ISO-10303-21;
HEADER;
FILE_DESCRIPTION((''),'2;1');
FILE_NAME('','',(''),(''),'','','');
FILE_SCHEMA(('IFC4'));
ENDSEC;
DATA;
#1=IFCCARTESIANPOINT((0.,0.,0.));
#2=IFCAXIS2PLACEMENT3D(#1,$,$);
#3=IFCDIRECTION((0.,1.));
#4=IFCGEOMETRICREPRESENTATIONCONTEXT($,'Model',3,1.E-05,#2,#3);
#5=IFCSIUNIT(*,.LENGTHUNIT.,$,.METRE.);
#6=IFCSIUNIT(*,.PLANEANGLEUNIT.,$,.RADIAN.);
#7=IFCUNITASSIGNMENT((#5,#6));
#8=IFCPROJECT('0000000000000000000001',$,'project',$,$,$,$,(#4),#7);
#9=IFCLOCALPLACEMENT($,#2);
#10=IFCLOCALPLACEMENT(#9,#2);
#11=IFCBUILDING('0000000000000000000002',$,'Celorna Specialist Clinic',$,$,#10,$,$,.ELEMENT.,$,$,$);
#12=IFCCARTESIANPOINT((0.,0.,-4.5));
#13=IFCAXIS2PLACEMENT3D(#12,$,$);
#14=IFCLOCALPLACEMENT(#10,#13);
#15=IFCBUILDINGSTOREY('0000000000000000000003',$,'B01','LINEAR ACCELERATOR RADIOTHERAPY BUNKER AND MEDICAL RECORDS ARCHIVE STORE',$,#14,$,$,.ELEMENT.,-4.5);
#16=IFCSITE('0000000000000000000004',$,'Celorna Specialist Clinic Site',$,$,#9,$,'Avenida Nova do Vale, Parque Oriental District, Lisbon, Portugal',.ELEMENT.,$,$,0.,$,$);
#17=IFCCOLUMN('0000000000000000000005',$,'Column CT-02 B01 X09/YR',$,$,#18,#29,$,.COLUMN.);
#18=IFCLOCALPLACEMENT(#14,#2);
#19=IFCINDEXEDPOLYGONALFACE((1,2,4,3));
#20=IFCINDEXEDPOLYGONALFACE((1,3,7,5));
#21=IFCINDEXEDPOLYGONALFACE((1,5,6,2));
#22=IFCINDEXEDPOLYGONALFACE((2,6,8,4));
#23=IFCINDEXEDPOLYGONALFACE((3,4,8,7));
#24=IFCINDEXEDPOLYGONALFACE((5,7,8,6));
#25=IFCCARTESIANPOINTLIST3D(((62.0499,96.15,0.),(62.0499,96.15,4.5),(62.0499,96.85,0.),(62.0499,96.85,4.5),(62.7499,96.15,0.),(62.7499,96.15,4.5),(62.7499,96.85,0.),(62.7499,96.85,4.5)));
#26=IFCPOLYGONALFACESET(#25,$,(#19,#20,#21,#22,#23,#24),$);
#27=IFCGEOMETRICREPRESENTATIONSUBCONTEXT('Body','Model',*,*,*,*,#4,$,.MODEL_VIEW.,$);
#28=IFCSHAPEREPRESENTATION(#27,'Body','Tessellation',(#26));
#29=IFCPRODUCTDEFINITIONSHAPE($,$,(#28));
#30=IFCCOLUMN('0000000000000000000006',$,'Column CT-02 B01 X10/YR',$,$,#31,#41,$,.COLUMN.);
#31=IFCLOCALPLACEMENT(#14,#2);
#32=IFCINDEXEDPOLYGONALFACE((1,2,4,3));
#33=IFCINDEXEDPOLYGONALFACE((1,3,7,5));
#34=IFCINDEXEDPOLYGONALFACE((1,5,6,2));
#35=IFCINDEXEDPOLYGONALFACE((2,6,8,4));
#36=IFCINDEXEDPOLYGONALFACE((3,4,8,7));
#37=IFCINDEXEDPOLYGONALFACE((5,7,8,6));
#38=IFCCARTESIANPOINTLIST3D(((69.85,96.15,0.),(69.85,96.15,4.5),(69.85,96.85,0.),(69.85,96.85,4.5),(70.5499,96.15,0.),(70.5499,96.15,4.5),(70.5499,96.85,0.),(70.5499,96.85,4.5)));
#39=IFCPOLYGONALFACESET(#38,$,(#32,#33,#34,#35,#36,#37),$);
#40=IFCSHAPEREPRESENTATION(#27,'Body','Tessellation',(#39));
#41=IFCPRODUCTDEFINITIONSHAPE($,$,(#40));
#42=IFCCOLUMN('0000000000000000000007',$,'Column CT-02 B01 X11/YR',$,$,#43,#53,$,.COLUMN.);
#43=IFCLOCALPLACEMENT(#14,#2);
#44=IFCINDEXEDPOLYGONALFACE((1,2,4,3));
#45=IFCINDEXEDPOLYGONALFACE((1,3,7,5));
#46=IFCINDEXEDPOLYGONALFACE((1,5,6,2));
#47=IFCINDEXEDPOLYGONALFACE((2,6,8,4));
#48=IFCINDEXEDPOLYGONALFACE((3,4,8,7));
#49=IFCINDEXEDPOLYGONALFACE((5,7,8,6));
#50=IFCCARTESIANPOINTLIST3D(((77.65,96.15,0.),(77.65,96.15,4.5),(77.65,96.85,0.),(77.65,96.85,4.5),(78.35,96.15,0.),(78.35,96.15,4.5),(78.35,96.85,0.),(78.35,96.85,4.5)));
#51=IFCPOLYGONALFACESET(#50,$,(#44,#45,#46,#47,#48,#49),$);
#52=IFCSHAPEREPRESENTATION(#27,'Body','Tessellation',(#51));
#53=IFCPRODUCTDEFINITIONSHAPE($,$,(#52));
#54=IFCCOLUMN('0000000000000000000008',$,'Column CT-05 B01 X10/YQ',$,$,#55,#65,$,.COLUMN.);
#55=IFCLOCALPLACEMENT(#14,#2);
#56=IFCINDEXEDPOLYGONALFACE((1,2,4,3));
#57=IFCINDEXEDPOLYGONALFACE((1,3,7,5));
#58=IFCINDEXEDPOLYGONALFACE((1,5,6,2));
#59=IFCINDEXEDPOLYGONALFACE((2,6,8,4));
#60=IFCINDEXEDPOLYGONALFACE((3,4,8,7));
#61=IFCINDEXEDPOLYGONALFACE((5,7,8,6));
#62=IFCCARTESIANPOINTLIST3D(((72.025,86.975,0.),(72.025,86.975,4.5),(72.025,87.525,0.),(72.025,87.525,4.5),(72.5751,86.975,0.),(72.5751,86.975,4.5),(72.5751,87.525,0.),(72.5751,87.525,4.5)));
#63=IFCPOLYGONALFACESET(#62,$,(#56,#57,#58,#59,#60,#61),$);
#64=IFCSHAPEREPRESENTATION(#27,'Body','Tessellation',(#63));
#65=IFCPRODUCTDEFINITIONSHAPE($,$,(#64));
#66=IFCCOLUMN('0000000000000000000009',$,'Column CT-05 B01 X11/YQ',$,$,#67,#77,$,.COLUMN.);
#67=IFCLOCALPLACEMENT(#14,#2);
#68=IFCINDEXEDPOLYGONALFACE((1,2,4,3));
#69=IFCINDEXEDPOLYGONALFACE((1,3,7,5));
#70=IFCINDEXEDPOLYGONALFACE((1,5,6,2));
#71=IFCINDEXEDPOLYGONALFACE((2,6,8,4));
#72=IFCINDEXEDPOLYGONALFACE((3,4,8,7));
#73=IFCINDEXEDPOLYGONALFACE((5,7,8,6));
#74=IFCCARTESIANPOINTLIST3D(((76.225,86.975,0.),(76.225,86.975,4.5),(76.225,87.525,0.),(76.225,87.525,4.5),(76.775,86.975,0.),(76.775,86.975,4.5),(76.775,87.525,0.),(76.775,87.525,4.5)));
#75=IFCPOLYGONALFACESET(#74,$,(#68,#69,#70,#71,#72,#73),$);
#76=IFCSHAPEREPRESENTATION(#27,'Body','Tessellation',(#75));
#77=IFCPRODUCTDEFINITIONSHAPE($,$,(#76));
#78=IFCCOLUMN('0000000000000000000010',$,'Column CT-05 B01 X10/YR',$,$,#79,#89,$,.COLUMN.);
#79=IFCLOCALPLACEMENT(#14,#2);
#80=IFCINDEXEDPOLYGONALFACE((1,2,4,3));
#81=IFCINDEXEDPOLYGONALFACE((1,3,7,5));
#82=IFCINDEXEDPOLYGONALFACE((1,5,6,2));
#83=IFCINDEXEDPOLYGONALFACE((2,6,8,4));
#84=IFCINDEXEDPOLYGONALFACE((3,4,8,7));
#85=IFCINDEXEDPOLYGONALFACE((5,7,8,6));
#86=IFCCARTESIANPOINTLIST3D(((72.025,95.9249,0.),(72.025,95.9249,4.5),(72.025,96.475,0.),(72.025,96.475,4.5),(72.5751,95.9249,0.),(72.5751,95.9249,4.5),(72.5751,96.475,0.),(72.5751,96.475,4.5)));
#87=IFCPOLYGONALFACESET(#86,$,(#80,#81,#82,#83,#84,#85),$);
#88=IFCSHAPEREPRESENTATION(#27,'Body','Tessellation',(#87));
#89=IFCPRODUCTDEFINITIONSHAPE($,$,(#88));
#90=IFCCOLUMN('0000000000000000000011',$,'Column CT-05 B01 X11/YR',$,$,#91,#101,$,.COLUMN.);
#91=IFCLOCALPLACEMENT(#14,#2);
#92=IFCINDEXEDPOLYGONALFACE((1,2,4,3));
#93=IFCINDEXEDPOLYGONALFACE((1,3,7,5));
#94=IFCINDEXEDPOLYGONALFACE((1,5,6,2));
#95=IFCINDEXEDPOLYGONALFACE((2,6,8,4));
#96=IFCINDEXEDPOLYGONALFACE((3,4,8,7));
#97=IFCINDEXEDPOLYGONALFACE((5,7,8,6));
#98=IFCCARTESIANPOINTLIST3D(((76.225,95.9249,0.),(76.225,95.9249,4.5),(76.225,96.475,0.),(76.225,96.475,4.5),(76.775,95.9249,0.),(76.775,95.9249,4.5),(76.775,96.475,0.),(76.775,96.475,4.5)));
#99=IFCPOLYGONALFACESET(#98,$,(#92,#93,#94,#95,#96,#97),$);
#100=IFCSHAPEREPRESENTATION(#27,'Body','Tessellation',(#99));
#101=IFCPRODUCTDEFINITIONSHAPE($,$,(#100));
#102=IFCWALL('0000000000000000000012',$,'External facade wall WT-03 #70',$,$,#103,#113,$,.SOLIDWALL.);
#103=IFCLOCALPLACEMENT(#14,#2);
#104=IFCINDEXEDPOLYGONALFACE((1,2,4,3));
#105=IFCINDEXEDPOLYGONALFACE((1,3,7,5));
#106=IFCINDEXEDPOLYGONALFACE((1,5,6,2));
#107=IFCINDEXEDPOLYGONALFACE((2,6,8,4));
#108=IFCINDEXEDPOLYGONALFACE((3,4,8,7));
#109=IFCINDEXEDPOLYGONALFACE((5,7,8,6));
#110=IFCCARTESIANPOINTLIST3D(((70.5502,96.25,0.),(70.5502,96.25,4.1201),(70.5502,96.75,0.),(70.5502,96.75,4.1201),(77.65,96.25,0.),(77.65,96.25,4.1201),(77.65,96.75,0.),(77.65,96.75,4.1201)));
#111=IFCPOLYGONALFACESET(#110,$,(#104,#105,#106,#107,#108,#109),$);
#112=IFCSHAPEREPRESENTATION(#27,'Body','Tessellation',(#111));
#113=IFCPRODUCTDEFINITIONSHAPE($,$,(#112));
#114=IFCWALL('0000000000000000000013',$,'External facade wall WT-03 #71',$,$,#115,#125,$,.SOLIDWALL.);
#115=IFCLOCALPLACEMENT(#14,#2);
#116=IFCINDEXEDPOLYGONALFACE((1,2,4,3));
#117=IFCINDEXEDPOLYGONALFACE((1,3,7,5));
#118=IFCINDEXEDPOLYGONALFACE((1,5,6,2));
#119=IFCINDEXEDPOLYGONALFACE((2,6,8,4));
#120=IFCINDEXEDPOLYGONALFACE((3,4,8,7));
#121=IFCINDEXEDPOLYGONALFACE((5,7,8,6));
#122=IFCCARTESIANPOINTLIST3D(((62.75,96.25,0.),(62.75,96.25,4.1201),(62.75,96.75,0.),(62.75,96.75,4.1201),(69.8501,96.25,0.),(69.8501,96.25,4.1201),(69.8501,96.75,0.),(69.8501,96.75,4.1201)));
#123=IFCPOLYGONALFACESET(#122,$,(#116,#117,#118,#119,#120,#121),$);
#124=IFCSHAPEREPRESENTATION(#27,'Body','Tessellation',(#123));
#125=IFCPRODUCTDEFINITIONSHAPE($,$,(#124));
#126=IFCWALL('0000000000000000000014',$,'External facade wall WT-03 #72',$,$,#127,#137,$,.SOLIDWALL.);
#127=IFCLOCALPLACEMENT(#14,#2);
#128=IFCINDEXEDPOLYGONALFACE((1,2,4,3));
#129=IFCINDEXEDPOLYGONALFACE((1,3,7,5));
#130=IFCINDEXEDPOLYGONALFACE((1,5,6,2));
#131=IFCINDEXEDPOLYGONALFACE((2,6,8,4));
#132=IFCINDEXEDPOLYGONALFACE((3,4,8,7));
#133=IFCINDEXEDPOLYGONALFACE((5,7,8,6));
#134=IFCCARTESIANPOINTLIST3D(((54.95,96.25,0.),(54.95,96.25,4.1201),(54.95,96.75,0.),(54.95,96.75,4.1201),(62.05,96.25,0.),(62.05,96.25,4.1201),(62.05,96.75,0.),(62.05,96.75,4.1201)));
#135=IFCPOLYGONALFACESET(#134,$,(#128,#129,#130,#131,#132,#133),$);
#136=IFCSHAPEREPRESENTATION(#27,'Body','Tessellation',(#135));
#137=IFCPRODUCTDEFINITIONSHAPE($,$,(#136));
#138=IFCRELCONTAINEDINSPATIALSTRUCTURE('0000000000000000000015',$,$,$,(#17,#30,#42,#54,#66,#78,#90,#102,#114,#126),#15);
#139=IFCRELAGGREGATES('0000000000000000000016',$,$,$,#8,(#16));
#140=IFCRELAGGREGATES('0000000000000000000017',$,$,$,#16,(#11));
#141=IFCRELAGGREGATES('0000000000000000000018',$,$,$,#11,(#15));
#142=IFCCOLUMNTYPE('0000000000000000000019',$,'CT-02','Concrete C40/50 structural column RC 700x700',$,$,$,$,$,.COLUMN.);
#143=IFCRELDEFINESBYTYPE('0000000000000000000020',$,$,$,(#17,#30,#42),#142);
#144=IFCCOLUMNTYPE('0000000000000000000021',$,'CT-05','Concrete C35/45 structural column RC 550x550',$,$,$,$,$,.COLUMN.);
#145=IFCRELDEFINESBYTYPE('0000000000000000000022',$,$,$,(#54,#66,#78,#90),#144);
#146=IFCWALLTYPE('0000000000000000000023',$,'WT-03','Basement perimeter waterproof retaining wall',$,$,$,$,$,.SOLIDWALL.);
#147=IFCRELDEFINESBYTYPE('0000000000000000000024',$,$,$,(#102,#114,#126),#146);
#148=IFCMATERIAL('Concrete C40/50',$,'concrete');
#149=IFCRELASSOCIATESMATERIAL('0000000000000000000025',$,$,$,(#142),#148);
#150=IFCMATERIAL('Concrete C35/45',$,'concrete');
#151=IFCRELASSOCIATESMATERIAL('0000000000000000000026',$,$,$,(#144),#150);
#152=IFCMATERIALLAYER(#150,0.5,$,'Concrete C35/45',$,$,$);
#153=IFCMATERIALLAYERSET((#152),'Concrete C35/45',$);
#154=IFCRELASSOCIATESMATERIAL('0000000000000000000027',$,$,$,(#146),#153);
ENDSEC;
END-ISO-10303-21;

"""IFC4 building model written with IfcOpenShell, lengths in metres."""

from ifc_helpers import new_model, si_unit, direction, frame, frame_2d, origin, origin_2d, place, context, subcontext, project, spatial, rectangle, extrude, material, layer, layer_set, material_profile, profile_set, type_object, element, save


model = new_model("IFC4")

# Units and contexts
model_context = context("Model", 3, precision=1e-05, world=origin(), true_north=direction((0.0, 1.0)))
body_context = subcontext(model_context, "Body", "Model", "MODEL_VIEW")
ifc_project = project(units=[si_unit("LENGTHUNIT", "METRE"), si_unit("PLANEANGLEUNIT", "RADIAN")], contexts=[model_context])

# Site, building, storey
site_placement = place(None, origin())
site = spatial("IfcSite", under=ifc_project, at=site_placement, Name="Celorna Specialist Clinic Site", LongName="Avenida Nova do Vale, Parque Oriental District, Lisbon, Portugal", CompositionType="ELEMENT", RefElevation=0.0)
building_placement = place(site_placement, origin())
building = spatial("IfcBuilding", under=site, at=building_placement, Name="Celorna Specialist Clinic", CompositionType="ELEMENT")
storey_placement = place(building_placement, frame((0.0, 0.0, -4.5)))
storey = spatial("IfcBuildingStorey", under=building, at=storey_placement, Name="B01", Description="LINEAR ACCELERATOR RADIOTHERAPY BUNKER AND MEDICAL RECORDS ARCHIVE STORE", CompositionType="ELEMENT", Elevation=-4.5)

# Shared definitions
ifc_material_1 = material(Name="Concrete C35/45", Category="concrete")

# Columns
ifc_material_2 = material(Name="Concrete C40/50", Category="concrete")
ifc_material_profile_1 = material_profile(ifc_material_2, rectangle(XDim=0.7, YDim=0.7, at=origin_2d()), Name="RC 700x700")
ifc_profile_set_1 = profile_set([ifc_material_profile_1], Name="Concrete C40/50")
column_type_1 = type_object("IfcColumnType", Name="CT-02", Description="Concrete C40/50 structural column RC 700x700", PredefinedType="COLUMN", material=ifc_profile_set_1)
for number, where, z_axis, x_axis, name in (
    (1, (62.3999, 96.5, 0.0), (0.0, 0.0, 1.0), (1.0, 0.0, 0.0), "Column CT-02 B01 X09/YR"),
    (2, (70.2, 96.5, 0.0), (0.0, 0.0, 1.0), (1.0, 0.0, 0.0), "Column CT-02 B01 X10/YR"),
    (3, (78.0, 96.5, 0.0), (0.0, 0.0, 1.0), (1.0, 0.0, 0.0), "Column CT-02 B01 X11/YR"),
):
    element("IfcColumn", number, at=place(storey_placement, frame(where, z_axis=z_axis, x_axis=x_axis)), inside=storey, type_object=column_type_1, Name=name, PredefinedType="COLUMN", context=body_context, shape_type="SweptSolid", body=[
        extrude(rectangle(XDim=0.7, YDim=0.7, at=origin_2d()), origin(), (0.0, 0.0, 1.0), 4.5),
    ])
ifc_material_profile_2 = material_profile(ifc_material_1, rectangle(XDim=0.55, YDim=0.55, at=origin_2d()), Name="RC 550x550")
ifc_profile_set_2 = profile_set([ifc_material_profile_2], Name="Concrete C35/45")
column_type_2 = type_object("IfcColumnType", Name="CT-05", Description="Concrete C35/45 structural column RC 550x550", PredefinedType="COLUMN", material=ifc_profile_set_2)
for number, where, z_axis, x_axis, name in (
    (4, (72.3, 87.25, 0.0), (0.0, 0.0, 1.0), (1.0, 0.0, 0.0), "Column CT-05 B01 X10/YQ"),
    (5, (76.5, 87.25, 0.0), (0.0, 0.0, 1.0), (1.0, 0.0, 0.0), "Column CT-05 B01 X11/YQ"),
    (6, (72.3, 96.2, 0.0), (0.0, 0.0, 1.0), (1.0, 0.0, 0.0), "Column CT-05 B01 X10/YR"),
    (7, (76.5, 96.2, 0.0), (0.0, 0.0, 1.0), (1.0, 0.0, 0.0), "Column CT-05 B01 X11/YR"),
):
    element("IfcColumn", number, at=place(storey_placement, frame(where, z_axis=z_axis, x_axis=x_axis)), inside=storey, type_object=column_type_2, Name=name, PredefinedType="COLUMN", context=body_context, shape_type="SweptSolid", body=[
        extrude(rectangle(XDim=0.55, YDim=0.55, at=origin_2d()), origin(), (0.0, 0.0, 1.0), 4.5),
    ])

# Walls
ifc_layer = layer(ifc_material_1, 0.5, Name="Concrete C35/45")
ifc_layer_set = layer_set([ifc_layer], Name="Concrete C35/45")
wall_type = type_object("IfcWallType", Name="WT-03", Description="Basement perimeter waterproof retaining wall", PredefinedType="SOLIDWALL", material=ifc_layer_set)
wall_placement = place(storey_placement, frame((77.6499, 96.5, 0.0), z_axis=(0.0, 0.0, 1.0), x_axis=(-1.0, 0.0, 0.0)))
element("IfcWall", 8, at=wall_placement, inside=storey, type_object=wall_type, Name="External facade wall WT-03 #70", PredefinedType="SOLIDWALL", context=body_context, shape_type="SweptSolid", body=[
    extrude(rectangle(XDim=7.0999, YDim=0.5, at=frame_2d((3.5498, 0.0))), origin(), (0.0, 0.0, 1.0), 4.1201),
])
for number, where, z_axis, x_axis, name in (
    (9, (69.8501, 96.5, 0.0), (0.0, 0.0, 1.0), (-1.0, 0.0, 0.0), "External facade wall WT-03 #71"),
    (10, (62.05, 96.5, 0.0), (0.0, 0.0, 1.0), (-1.0, 0.0, 0.0), "External facade wall WT-03 #72"),
):
    element("IfcWall", number, at=place(storey_placement, frame(where, z_axis=z_axis, x_axis=x_axis)), inside=storey, type_object=wall_type, Name=name, PredefinedType="SOLIDWALL", context=body_context, shape_type="SweptSolid", body=[
        extrude(rectangle(XDim=7.1001, YDim=0.5, at=frame_2d((3.55, 0.0))), origin(), (0.0, 0.0, 1.0), 4.1201),
    ])

save(model, "model.ifc")
